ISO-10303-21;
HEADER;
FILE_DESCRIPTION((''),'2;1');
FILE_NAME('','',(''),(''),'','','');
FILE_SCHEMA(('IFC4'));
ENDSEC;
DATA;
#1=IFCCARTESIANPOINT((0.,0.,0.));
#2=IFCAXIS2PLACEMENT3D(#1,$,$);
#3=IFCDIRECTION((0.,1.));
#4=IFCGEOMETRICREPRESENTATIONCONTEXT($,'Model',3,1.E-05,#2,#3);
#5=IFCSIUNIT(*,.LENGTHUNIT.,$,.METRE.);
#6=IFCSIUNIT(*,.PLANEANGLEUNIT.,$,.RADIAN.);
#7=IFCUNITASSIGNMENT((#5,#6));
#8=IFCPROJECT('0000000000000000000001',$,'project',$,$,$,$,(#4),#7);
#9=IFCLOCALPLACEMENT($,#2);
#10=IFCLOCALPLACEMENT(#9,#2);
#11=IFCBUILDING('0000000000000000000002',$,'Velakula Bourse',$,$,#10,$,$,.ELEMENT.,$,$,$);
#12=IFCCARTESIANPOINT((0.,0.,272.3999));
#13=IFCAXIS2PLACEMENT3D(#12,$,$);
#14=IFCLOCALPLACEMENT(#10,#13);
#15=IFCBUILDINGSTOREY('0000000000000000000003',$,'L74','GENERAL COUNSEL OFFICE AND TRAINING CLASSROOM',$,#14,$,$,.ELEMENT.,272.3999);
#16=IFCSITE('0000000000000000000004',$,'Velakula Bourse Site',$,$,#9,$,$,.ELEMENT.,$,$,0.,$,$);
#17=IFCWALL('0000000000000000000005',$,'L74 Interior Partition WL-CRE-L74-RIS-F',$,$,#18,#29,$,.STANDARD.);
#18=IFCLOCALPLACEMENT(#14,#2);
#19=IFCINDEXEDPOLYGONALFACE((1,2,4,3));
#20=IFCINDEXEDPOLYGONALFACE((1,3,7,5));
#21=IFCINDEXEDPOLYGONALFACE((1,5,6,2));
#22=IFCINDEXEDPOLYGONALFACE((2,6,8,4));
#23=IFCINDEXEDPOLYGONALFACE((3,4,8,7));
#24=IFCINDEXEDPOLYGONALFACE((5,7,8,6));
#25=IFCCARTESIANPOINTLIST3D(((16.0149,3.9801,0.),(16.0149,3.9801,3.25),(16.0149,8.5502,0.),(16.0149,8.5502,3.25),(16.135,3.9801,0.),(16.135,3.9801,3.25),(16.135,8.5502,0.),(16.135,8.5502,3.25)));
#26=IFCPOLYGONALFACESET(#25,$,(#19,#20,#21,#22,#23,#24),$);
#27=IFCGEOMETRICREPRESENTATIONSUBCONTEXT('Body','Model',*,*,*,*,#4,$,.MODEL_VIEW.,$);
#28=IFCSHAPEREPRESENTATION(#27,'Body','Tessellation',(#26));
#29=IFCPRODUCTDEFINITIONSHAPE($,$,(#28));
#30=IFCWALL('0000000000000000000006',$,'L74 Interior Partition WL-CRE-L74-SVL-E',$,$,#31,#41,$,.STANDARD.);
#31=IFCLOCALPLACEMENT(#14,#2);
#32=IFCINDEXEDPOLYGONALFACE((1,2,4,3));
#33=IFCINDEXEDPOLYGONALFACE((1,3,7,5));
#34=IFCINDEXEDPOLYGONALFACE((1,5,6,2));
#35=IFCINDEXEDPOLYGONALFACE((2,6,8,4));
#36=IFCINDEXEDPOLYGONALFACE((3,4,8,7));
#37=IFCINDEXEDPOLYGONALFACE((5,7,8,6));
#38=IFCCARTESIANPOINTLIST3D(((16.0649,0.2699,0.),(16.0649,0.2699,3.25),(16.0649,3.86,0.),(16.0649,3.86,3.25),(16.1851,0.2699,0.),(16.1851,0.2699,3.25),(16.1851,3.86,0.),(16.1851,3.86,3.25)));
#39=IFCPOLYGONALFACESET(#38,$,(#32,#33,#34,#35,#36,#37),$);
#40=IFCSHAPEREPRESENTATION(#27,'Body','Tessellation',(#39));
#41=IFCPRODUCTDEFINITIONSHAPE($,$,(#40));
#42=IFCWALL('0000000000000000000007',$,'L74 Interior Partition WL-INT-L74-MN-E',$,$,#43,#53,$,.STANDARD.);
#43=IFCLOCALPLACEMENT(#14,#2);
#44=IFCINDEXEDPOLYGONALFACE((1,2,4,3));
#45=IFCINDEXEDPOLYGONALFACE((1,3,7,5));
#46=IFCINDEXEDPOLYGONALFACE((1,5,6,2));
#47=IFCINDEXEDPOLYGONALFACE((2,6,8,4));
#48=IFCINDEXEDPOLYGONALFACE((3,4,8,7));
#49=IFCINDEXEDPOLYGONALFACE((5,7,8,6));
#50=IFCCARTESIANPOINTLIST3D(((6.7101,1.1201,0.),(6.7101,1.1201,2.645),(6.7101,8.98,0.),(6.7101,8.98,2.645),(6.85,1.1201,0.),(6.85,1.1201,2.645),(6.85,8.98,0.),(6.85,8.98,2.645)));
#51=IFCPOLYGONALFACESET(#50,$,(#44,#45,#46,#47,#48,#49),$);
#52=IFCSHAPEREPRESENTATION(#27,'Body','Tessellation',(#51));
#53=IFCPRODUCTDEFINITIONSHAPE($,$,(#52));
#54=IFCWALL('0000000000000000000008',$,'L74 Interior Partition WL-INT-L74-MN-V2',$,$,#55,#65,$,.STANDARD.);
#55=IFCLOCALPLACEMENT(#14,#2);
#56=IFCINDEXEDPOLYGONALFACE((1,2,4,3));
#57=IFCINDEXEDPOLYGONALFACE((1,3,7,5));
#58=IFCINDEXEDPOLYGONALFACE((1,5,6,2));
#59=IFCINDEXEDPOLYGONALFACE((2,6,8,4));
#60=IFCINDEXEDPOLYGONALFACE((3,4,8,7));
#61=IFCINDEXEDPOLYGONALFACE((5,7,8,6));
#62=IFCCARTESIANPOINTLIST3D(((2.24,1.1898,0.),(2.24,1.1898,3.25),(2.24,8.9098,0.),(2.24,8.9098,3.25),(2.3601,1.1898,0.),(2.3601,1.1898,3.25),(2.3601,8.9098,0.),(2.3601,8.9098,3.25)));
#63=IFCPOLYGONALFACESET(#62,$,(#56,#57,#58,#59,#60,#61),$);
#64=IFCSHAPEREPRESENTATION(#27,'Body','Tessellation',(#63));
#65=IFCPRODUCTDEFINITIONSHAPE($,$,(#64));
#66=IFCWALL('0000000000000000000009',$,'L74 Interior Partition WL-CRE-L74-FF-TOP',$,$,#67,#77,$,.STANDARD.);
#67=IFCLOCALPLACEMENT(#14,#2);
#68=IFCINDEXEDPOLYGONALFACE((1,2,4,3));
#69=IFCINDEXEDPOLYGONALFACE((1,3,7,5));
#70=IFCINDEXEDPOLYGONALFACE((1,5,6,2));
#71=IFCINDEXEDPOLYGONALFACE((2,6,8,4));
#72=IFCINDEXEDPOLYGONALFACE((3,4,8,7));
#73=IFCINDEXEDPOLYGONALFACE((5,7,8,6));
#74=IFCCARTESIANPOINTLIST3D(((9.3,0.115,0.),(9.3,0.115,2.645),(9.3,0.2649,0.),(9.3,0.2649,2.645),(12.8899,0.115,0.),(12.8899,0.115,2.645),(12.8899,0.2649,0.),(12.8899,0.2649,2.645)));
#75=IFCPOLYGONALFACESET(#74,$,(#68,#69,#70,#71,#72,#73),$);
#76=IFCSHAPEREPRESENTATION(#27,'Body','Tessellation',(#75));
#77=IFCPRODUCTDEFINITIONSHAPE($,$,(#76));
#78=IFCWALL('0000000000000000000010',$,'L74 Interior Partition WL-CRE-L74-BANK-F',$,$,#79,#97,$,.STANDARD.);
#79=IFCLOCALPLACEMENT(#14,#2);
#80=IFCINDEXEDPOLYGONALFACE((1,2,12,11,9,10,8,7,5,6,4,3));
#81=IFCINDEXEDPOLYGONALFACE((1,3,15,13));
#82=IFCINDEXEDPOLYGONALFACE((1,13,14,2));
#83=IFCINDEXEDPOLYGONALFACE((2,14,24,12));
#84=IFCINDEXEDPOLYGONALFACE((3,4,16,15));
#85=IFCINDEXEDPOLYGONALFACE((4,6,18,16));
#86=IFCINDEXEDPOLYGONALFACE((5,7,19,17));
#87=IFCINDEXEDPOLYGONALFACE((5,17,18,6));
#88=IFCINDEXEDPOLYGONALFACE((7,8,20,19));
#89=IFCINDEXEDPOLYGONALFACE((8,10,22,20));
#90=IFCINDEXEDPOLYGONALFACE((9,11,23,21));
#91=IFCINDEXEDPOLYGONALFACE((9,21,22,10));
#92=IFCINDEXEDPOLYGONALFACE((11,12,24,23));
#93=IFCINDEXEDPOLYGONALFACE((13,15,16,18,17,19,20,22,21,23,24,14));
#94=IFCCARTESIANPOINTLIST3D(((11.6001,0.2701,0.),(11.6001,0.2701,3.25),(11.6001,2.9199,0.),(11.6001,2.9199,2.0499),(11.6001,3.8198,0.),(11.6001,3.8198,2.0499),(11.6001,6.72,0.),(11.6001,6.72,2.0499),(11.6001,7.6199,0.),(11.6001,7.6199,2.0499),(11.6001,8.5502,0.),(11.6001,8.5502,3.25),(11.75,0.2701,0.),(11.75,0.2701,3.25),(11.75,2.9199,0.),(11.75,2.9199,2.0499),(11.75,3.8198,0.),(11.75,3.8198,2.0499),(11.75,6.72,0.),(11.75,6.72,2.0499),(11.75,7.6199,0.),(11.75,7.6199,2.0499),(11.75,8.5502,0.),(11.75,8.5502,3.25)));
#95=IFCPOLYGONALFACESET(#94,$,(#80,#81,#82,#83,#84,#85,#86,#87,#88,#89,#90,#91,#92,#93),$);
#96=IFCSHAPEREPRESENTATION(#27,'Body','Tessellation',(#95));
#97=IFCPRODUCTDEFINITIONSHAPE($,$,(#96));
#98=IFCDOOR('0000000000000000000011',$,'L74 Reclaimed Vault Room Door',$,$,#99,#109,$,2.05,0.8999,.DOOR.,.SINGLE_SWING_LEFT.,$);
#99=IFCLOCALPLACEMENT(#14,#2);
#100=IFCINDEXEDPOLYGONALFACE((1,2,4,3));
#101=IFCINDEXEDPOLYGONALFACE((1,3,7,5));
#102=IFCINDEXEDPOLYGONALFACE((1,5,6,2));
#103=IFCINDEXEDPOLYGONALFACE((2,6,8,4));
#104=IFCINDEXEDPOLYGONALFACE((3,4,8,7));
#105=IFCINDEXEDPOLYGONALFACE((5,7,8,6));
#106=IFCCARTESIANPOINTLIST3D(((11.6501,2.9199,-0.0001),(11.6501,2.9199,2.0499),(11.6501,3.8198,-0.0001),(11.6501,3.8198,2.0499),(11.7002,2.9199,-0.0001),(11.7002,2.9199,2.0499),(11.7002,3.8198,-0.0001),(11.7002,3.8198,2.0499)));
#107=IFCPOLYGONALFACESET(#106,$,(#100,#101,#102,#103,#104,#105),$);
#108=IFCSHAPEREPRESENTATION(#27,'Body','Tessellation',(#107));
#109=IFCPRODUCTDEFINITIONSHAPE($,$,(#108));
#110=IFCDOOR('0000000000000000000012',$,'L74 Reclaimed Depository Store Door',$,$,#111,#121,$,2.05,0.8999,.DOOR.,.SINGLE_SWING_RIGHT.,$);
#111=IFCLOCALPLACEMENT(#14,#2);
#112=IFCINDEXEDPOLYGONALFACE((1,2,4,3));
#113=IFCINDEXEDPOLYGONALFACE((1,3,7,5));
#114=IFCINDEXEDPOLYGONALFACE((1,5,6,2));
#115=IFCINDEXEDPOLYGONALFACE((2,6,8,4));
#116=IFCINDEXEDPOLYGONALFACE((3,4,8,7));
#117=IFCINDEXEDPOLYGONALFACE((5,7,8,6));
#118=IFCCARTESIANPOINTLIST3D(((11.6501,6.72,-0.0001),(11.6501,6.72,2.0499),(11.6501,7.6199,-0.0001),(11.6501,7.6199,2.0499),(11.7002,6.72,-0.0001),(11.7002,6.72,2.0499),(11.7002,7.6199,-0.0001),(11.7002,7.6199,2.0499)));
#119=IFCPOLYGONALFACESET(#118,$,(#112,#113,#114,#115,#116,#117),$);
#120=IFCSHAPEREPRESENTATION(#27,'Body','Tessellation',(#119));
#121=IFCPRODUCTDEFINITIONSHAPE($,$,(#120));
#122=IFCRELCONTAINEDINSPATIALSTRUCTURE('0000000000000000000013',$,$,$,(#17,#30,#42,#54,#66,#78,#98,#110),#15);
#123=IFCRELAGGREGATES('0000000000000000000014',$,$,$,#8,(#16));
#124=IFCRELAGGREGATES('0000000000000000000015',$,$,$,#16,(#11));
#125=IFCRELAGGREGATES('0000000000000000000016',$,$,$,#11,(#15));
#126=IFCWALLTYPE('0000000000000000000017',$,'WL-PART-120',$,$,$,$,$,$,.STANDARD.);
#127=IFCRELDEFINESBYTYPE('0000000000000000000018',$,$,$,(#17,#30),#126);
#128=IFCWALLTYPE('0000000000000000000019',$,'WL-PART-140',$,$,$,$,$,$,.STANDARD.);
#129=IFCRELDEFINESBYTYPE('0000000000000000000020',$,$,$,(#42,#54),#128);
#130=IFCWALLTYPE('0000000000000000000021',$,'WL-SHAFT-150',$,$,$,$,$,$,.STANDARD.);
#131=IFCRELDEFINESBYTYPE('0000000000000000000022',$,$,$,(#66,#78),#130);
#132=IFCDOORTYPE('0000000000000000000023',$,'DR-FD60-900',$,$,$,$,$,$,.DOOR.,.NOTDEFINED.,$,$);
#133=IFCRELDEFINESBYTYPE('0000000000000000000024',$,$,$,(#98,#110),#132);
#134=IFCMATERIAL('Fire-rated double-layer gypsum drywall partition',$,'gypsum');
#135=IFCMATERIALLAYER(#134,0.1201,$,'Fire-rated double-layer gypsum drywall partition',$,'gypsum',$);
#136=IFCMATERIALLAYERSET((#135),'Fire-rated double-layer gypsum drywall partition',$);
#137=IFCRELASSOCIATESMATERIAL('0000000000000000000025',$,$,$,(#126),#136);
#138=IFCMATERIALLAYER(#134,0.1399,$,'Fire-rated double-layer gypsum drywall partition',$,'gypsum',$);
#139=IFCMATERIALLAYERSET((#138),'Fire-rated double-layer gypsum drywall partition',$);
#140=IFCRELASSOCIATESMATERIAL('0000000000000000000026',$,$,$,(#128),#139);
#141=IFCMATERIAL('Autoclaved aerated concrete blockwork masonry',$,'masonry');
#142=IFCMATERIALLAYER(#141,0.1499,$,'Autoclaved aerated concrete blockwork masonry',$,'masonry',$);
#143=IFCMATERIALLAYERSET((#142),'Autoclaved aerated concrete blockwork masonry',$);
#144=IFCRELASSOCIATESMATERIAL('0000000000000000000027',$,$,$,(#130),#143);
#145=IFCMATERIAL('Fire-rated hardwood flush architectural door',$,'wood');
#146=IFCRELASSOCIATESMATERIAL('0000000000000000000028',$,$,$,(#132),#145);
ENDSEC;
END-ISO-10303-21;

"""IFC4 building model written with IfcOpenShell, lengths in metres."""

from ifc_helpers import new_model, si_unit, direction, frame, frame_2d, origin, place, context, subcontext, project, spatial, rectangle, extrude, material, layer, layer_set, type_object, element, fill, save


model = new_model("IFC4")

# Units and contexts
model_context = context("Model", 3, precision=1e-05, world=origin(), true_north=direction((0.0, 1.0)))
body_context = subcontext(model_context, "Body", "Model", "MODEL_VIEW")
ifc_project = project(units=[si_unit("LENGTHUNIT", "METRE"), si_unit("PLANEANGLEUNIT", "RADIAN")], contexts=[model_context])

# Site, building, storey
site_placement = place(None, origin())
site = spatial("IfcSite", under=ifc_project, at=site_placement, Name="Velakula Bourse Site", CompositionType="ELEMENT", RefElevation=0.0)
building_placement = place(site_placement, origin())
building = spatial("IfcBuilding", under=site, at=building_placement, Name="Velakula Bourse", CompositionType="ELEMENT")
storey_placement = place(building_placement, frame((0.0, 0.0, 272.3999)))
storey = spatial("IfcBuildingStorey", under=building, at=storey_placement, Name="L74", Description="GENERAL COUNSEL OFFICE AND TRAINING CLASSROOM", CompositionType="ELEMENT", Elevation=272.3999)

# Shared definitions
ifc_material_1 = material(Name="Fire-rated double-layer gypsum drywall partition", Category="gypsum")
ifc_layer_1 = layer(ifc_material_1, 0.1201, Name="Fire-rated double-layer gypsum drywall partition", Category="gypsum")
ifc_layer_set_1 = layer_set([ifc_layer_1], Name="Fire-rated double-layer gypsum drywall partition")
wall_type_1 = type_object("IfcWallType", Name="WL-PART-120", PredefinedType="STANDARD", material=ifc_layer_set_1)
ifc_material_2 = material(Name="Fire-rated hardwood flush architectural door", Category="wood")

# Walls
wall_1_placement = place(storey_placement, frame((16.075, 3.98, 0.0), z_axis=(0.0, 0.0, 1.0), x_axis=(0.0, 1.0, 0.0)))
element("IfcWall", 1, at=wall_1_placement, inside=storey, type_object=wall_type_1, Name="L74 Interior Partition WL-CRE-L74-RIS-F", PredefinedType="STANDARD", context=body_context, shape_type="SweptSolid", body=[
    extrude(rectangle(XDim=4.5701, YDim=0.1201, at=frame_2d((2.2852, 0.0))), origin(), (0.0, 0.0, 1.0), 3.25),
])
wall_2_placement = place(storey_placement, frame((16.125, 0.27, 0.0), z_axis=(0.0, 0.0, 1.0), x_axis=(0.0, 1.0, 0.0)))
element("IfcWall", 2, at=wall_2_placement, inside=storey, type_object=wall_type_1, Name="L74 Interior Partition WL-CRE-L74-SVL-E", PredefinedType="STANDARD", context=body_context, shape_type="SweptSolid", body=[
    extrude(rectangle(XDim=3.5901, YDim=0.1201, at=frame_2d((1.7949, 0.0))), origin(), (0.0, 0.0, 1.0), 3.25),
])
ifc_layer_2 = layer(ifc_material_1, 0.1399, Name="Fire-rated double-layer gypsum drywall partition", Category="gypsum")
ifc_layer_set_2 = layer_set([ifc_layer_2], Name="Fire-rated double-layer gypsum drywall partition")
wall_type_2 = type_object("IfcWallType", Name="WL-PART-140", PredefinedType="STANDARD", material=ifc_layer_set_2)
wall_3_placement = place(storey_placement, frame((6.78, 1.1201, 0.0), z_axis=(0.0, 0.0, 1.0), x_axis=(0.0, 1.0, 0.0)))
element("IfcWall", 3, at=wall_3_placement, inside=storey, type_object=wall_type_2, Name="L74 Interior Partition WL-INT-L74-MN-E", PredefinedType="STANDARD", context=body_context, shape_type="SweptSolid", body=[
    extrude(rectangle(XDim=7.8599, YDim=0.1399, at=frame_2d((3.9299, 0.0))), origin(), (0.0, 0.0, 1.0), 2.645),
])
wall_4_placement = place(storey_placement, frame((2.3, 1.1899, 0.0), z_axis=(0.0, 0.0, 1.0), x_axis=(0.0, 1.0, 0.0)))
element("IfcWall", 4, at=wall_4_placement, inside=storey, type_object=wall_type_2, Name="L74 Interior Partition WL-INT-L74-MN-V2", PredefinedType="STANDARD", context=body_context, shape_type="SweptSolid", body=[
    extrude(rectangle(XDim=7.72, YDim=0.1201, at=frame_2d((3.8599, 0.0))), origin(), (0.0, 0.0, 1.0), 3.25),
])
ifc_material_3 = material(Name="Autoclaved aerated concrete blockwork masonry", Category="masonry")
ifc_layer_3 = layer(ifc_material_3, 0.1499, Name="Autoclaved aerated concrete blockwork masonry", Category="masonry")
ifc_layer_set_3 = layer_set([ifc_layer_3], Name="Autoclaved aerated concrete blockwork masonry")
wall_type_3 = type_object("IfcWallType", Name="WL-SHAFT-150", PredefinedType="STANDARD", material=ifc_layer_set_3)
wall_5_placement = place(storey_placement, frame((9.3, 0.1899, 0.0), z_axis=(0.0, 0.0, 1.0), x_axis=(1.0, 0.0, 0.0)))
element("IfcWall", 5, at=wall_5_placement, inside=storey, type_object=wall_type_3, Name="L74 Interior Partition WL-CRE-L74-FF-TOP", PredefinedType="STANDARD", context=body_context, shape_type="SweptSolid", body=[
    extrude(rectangle(XDim=3.5898, YDim=0.1499, at=frame_2d((1.7949, 0.0))), origin(), (0.0, 0.0, 1.0), 2.645),
])

# Wall, openings, doors
wall_6_placement = place(storey_placement, frame((11.675, 0.27, 0.0), z_axis=(0.0, 0.0, 1.0), x_axis=(0.0, 1.0, 0.0)))
wall_6 = element("IfcWall", 6, at=wall_6_placement, inside=storey, type_object=wall_type_3, Name="L74 Interior Partition WL-CRE-L74-BANK-F", PredefinedType="STANDARD", context=body_context, shape_type="SweptSolid", body=[
    extrude(rectangle(XDim=8.28, YDim=0.1499, at=frame_2d((4.1401, 0.0))), origin(), (0.0, 0.0, 1.0), 3.25),
])
opening_1_placement = place(wall_6_placement, frame((2.6499, 0.0, 0.0)))
opening_1 = element("IfcOpeningElement", 7, at=opening_1_placement, cuts=wall_6, PredefinedType="OPENING", context=body_context, shape_type="SweptSolid", body=[
    extrude(rectangle(XDim=0.8999, YDim=2.05, at=frame_2d((0.45, 1.0249))), frame((0.0, 0.085, 0.0), z_axis=(0.0, -1.0, 0.0), x_axis=(1.0, 0.0, 0.0)), (0.0, 0.0, 1.0), 0.1699),
])
opening_2_placement = place(wall_6_placement, frame((6.45, 0.0, 0.0)))
opening_2 = element("IfcOpeningElement", 8, at=opening_2_placement, cuts=wall_6, PredefinedType="OPENING", context=body_context, shape_type="SweptSolid", body=[
    extrude(rectangle(XDim=0.8999, YDim=2.05, at=frame_2d((0.45, 1.0249))), frame((0.0, 0.085, 0.0), z_axis=(0.0, -1.0, 0.0), x_axis=(1.0, 0.0, 0.0)), (0.0, 0.0, 1.0), 0.1699),
])
door_type_1 = type_object("IfcDoorType", Name="DR-FD60-900", OperationType="NOTDEFINED", PredefinedType="DOOR", material=ifc_material_2)
door_1_placement = place(opening_1_placement, origin())
door_1 = element("IfcDoor", 9, at=door_1_placement, inside=storey, type_object=door_type_1, Name="L74 Reclaimed Vault Room Door", OperationType="SINGLE_SWING_LEFT", OverallHeight=2.05, OverallWidth=0.8999, PredefinedType="DOOR", context=body_context, shape_type="SweptSolid", body=[
    extrude(rectangle(XDim=0.8999, YDim=2.05, at=frame_2d((0.45, 1.0249))), frame((0.0, 0.0249, 0.0), z_axis=(0.0, -1.0, 0.0), x_axis=(1.0, 0.0, 0.0)), (0.0, 0.0, 1.0), 0.05),
])
fill(opening_1, door_1)
door_2_placement = place(opening_2_placement, origin())
door_2 = element("IfcDoor", 10, at=door_2_placement, inside=storey, type_object=door_type_1, Name="L74 Reclaimed Depository Store Door", OperationType="SINGLE_SWING_RIGHT", OverallHeight=2.05, OverallWidth=0.8999, PredefinedType="DOOR", context=body_context, shape_type="SweptSolid", body=[
    extrude(rectangle(XDim=0.8999, YDim=2.05, at=frame_2d((0.45, 1.0249))), frame((0.0, 0.0249, 0.0), z_axis=(0.0, -1.0, 0.0), x_axis=(1.0, 0.0, 0.0)), (0.0, 0.0, 1.0), 0.05),
])
fill(opening_2, door_2)

save(model, "model.ifc")
